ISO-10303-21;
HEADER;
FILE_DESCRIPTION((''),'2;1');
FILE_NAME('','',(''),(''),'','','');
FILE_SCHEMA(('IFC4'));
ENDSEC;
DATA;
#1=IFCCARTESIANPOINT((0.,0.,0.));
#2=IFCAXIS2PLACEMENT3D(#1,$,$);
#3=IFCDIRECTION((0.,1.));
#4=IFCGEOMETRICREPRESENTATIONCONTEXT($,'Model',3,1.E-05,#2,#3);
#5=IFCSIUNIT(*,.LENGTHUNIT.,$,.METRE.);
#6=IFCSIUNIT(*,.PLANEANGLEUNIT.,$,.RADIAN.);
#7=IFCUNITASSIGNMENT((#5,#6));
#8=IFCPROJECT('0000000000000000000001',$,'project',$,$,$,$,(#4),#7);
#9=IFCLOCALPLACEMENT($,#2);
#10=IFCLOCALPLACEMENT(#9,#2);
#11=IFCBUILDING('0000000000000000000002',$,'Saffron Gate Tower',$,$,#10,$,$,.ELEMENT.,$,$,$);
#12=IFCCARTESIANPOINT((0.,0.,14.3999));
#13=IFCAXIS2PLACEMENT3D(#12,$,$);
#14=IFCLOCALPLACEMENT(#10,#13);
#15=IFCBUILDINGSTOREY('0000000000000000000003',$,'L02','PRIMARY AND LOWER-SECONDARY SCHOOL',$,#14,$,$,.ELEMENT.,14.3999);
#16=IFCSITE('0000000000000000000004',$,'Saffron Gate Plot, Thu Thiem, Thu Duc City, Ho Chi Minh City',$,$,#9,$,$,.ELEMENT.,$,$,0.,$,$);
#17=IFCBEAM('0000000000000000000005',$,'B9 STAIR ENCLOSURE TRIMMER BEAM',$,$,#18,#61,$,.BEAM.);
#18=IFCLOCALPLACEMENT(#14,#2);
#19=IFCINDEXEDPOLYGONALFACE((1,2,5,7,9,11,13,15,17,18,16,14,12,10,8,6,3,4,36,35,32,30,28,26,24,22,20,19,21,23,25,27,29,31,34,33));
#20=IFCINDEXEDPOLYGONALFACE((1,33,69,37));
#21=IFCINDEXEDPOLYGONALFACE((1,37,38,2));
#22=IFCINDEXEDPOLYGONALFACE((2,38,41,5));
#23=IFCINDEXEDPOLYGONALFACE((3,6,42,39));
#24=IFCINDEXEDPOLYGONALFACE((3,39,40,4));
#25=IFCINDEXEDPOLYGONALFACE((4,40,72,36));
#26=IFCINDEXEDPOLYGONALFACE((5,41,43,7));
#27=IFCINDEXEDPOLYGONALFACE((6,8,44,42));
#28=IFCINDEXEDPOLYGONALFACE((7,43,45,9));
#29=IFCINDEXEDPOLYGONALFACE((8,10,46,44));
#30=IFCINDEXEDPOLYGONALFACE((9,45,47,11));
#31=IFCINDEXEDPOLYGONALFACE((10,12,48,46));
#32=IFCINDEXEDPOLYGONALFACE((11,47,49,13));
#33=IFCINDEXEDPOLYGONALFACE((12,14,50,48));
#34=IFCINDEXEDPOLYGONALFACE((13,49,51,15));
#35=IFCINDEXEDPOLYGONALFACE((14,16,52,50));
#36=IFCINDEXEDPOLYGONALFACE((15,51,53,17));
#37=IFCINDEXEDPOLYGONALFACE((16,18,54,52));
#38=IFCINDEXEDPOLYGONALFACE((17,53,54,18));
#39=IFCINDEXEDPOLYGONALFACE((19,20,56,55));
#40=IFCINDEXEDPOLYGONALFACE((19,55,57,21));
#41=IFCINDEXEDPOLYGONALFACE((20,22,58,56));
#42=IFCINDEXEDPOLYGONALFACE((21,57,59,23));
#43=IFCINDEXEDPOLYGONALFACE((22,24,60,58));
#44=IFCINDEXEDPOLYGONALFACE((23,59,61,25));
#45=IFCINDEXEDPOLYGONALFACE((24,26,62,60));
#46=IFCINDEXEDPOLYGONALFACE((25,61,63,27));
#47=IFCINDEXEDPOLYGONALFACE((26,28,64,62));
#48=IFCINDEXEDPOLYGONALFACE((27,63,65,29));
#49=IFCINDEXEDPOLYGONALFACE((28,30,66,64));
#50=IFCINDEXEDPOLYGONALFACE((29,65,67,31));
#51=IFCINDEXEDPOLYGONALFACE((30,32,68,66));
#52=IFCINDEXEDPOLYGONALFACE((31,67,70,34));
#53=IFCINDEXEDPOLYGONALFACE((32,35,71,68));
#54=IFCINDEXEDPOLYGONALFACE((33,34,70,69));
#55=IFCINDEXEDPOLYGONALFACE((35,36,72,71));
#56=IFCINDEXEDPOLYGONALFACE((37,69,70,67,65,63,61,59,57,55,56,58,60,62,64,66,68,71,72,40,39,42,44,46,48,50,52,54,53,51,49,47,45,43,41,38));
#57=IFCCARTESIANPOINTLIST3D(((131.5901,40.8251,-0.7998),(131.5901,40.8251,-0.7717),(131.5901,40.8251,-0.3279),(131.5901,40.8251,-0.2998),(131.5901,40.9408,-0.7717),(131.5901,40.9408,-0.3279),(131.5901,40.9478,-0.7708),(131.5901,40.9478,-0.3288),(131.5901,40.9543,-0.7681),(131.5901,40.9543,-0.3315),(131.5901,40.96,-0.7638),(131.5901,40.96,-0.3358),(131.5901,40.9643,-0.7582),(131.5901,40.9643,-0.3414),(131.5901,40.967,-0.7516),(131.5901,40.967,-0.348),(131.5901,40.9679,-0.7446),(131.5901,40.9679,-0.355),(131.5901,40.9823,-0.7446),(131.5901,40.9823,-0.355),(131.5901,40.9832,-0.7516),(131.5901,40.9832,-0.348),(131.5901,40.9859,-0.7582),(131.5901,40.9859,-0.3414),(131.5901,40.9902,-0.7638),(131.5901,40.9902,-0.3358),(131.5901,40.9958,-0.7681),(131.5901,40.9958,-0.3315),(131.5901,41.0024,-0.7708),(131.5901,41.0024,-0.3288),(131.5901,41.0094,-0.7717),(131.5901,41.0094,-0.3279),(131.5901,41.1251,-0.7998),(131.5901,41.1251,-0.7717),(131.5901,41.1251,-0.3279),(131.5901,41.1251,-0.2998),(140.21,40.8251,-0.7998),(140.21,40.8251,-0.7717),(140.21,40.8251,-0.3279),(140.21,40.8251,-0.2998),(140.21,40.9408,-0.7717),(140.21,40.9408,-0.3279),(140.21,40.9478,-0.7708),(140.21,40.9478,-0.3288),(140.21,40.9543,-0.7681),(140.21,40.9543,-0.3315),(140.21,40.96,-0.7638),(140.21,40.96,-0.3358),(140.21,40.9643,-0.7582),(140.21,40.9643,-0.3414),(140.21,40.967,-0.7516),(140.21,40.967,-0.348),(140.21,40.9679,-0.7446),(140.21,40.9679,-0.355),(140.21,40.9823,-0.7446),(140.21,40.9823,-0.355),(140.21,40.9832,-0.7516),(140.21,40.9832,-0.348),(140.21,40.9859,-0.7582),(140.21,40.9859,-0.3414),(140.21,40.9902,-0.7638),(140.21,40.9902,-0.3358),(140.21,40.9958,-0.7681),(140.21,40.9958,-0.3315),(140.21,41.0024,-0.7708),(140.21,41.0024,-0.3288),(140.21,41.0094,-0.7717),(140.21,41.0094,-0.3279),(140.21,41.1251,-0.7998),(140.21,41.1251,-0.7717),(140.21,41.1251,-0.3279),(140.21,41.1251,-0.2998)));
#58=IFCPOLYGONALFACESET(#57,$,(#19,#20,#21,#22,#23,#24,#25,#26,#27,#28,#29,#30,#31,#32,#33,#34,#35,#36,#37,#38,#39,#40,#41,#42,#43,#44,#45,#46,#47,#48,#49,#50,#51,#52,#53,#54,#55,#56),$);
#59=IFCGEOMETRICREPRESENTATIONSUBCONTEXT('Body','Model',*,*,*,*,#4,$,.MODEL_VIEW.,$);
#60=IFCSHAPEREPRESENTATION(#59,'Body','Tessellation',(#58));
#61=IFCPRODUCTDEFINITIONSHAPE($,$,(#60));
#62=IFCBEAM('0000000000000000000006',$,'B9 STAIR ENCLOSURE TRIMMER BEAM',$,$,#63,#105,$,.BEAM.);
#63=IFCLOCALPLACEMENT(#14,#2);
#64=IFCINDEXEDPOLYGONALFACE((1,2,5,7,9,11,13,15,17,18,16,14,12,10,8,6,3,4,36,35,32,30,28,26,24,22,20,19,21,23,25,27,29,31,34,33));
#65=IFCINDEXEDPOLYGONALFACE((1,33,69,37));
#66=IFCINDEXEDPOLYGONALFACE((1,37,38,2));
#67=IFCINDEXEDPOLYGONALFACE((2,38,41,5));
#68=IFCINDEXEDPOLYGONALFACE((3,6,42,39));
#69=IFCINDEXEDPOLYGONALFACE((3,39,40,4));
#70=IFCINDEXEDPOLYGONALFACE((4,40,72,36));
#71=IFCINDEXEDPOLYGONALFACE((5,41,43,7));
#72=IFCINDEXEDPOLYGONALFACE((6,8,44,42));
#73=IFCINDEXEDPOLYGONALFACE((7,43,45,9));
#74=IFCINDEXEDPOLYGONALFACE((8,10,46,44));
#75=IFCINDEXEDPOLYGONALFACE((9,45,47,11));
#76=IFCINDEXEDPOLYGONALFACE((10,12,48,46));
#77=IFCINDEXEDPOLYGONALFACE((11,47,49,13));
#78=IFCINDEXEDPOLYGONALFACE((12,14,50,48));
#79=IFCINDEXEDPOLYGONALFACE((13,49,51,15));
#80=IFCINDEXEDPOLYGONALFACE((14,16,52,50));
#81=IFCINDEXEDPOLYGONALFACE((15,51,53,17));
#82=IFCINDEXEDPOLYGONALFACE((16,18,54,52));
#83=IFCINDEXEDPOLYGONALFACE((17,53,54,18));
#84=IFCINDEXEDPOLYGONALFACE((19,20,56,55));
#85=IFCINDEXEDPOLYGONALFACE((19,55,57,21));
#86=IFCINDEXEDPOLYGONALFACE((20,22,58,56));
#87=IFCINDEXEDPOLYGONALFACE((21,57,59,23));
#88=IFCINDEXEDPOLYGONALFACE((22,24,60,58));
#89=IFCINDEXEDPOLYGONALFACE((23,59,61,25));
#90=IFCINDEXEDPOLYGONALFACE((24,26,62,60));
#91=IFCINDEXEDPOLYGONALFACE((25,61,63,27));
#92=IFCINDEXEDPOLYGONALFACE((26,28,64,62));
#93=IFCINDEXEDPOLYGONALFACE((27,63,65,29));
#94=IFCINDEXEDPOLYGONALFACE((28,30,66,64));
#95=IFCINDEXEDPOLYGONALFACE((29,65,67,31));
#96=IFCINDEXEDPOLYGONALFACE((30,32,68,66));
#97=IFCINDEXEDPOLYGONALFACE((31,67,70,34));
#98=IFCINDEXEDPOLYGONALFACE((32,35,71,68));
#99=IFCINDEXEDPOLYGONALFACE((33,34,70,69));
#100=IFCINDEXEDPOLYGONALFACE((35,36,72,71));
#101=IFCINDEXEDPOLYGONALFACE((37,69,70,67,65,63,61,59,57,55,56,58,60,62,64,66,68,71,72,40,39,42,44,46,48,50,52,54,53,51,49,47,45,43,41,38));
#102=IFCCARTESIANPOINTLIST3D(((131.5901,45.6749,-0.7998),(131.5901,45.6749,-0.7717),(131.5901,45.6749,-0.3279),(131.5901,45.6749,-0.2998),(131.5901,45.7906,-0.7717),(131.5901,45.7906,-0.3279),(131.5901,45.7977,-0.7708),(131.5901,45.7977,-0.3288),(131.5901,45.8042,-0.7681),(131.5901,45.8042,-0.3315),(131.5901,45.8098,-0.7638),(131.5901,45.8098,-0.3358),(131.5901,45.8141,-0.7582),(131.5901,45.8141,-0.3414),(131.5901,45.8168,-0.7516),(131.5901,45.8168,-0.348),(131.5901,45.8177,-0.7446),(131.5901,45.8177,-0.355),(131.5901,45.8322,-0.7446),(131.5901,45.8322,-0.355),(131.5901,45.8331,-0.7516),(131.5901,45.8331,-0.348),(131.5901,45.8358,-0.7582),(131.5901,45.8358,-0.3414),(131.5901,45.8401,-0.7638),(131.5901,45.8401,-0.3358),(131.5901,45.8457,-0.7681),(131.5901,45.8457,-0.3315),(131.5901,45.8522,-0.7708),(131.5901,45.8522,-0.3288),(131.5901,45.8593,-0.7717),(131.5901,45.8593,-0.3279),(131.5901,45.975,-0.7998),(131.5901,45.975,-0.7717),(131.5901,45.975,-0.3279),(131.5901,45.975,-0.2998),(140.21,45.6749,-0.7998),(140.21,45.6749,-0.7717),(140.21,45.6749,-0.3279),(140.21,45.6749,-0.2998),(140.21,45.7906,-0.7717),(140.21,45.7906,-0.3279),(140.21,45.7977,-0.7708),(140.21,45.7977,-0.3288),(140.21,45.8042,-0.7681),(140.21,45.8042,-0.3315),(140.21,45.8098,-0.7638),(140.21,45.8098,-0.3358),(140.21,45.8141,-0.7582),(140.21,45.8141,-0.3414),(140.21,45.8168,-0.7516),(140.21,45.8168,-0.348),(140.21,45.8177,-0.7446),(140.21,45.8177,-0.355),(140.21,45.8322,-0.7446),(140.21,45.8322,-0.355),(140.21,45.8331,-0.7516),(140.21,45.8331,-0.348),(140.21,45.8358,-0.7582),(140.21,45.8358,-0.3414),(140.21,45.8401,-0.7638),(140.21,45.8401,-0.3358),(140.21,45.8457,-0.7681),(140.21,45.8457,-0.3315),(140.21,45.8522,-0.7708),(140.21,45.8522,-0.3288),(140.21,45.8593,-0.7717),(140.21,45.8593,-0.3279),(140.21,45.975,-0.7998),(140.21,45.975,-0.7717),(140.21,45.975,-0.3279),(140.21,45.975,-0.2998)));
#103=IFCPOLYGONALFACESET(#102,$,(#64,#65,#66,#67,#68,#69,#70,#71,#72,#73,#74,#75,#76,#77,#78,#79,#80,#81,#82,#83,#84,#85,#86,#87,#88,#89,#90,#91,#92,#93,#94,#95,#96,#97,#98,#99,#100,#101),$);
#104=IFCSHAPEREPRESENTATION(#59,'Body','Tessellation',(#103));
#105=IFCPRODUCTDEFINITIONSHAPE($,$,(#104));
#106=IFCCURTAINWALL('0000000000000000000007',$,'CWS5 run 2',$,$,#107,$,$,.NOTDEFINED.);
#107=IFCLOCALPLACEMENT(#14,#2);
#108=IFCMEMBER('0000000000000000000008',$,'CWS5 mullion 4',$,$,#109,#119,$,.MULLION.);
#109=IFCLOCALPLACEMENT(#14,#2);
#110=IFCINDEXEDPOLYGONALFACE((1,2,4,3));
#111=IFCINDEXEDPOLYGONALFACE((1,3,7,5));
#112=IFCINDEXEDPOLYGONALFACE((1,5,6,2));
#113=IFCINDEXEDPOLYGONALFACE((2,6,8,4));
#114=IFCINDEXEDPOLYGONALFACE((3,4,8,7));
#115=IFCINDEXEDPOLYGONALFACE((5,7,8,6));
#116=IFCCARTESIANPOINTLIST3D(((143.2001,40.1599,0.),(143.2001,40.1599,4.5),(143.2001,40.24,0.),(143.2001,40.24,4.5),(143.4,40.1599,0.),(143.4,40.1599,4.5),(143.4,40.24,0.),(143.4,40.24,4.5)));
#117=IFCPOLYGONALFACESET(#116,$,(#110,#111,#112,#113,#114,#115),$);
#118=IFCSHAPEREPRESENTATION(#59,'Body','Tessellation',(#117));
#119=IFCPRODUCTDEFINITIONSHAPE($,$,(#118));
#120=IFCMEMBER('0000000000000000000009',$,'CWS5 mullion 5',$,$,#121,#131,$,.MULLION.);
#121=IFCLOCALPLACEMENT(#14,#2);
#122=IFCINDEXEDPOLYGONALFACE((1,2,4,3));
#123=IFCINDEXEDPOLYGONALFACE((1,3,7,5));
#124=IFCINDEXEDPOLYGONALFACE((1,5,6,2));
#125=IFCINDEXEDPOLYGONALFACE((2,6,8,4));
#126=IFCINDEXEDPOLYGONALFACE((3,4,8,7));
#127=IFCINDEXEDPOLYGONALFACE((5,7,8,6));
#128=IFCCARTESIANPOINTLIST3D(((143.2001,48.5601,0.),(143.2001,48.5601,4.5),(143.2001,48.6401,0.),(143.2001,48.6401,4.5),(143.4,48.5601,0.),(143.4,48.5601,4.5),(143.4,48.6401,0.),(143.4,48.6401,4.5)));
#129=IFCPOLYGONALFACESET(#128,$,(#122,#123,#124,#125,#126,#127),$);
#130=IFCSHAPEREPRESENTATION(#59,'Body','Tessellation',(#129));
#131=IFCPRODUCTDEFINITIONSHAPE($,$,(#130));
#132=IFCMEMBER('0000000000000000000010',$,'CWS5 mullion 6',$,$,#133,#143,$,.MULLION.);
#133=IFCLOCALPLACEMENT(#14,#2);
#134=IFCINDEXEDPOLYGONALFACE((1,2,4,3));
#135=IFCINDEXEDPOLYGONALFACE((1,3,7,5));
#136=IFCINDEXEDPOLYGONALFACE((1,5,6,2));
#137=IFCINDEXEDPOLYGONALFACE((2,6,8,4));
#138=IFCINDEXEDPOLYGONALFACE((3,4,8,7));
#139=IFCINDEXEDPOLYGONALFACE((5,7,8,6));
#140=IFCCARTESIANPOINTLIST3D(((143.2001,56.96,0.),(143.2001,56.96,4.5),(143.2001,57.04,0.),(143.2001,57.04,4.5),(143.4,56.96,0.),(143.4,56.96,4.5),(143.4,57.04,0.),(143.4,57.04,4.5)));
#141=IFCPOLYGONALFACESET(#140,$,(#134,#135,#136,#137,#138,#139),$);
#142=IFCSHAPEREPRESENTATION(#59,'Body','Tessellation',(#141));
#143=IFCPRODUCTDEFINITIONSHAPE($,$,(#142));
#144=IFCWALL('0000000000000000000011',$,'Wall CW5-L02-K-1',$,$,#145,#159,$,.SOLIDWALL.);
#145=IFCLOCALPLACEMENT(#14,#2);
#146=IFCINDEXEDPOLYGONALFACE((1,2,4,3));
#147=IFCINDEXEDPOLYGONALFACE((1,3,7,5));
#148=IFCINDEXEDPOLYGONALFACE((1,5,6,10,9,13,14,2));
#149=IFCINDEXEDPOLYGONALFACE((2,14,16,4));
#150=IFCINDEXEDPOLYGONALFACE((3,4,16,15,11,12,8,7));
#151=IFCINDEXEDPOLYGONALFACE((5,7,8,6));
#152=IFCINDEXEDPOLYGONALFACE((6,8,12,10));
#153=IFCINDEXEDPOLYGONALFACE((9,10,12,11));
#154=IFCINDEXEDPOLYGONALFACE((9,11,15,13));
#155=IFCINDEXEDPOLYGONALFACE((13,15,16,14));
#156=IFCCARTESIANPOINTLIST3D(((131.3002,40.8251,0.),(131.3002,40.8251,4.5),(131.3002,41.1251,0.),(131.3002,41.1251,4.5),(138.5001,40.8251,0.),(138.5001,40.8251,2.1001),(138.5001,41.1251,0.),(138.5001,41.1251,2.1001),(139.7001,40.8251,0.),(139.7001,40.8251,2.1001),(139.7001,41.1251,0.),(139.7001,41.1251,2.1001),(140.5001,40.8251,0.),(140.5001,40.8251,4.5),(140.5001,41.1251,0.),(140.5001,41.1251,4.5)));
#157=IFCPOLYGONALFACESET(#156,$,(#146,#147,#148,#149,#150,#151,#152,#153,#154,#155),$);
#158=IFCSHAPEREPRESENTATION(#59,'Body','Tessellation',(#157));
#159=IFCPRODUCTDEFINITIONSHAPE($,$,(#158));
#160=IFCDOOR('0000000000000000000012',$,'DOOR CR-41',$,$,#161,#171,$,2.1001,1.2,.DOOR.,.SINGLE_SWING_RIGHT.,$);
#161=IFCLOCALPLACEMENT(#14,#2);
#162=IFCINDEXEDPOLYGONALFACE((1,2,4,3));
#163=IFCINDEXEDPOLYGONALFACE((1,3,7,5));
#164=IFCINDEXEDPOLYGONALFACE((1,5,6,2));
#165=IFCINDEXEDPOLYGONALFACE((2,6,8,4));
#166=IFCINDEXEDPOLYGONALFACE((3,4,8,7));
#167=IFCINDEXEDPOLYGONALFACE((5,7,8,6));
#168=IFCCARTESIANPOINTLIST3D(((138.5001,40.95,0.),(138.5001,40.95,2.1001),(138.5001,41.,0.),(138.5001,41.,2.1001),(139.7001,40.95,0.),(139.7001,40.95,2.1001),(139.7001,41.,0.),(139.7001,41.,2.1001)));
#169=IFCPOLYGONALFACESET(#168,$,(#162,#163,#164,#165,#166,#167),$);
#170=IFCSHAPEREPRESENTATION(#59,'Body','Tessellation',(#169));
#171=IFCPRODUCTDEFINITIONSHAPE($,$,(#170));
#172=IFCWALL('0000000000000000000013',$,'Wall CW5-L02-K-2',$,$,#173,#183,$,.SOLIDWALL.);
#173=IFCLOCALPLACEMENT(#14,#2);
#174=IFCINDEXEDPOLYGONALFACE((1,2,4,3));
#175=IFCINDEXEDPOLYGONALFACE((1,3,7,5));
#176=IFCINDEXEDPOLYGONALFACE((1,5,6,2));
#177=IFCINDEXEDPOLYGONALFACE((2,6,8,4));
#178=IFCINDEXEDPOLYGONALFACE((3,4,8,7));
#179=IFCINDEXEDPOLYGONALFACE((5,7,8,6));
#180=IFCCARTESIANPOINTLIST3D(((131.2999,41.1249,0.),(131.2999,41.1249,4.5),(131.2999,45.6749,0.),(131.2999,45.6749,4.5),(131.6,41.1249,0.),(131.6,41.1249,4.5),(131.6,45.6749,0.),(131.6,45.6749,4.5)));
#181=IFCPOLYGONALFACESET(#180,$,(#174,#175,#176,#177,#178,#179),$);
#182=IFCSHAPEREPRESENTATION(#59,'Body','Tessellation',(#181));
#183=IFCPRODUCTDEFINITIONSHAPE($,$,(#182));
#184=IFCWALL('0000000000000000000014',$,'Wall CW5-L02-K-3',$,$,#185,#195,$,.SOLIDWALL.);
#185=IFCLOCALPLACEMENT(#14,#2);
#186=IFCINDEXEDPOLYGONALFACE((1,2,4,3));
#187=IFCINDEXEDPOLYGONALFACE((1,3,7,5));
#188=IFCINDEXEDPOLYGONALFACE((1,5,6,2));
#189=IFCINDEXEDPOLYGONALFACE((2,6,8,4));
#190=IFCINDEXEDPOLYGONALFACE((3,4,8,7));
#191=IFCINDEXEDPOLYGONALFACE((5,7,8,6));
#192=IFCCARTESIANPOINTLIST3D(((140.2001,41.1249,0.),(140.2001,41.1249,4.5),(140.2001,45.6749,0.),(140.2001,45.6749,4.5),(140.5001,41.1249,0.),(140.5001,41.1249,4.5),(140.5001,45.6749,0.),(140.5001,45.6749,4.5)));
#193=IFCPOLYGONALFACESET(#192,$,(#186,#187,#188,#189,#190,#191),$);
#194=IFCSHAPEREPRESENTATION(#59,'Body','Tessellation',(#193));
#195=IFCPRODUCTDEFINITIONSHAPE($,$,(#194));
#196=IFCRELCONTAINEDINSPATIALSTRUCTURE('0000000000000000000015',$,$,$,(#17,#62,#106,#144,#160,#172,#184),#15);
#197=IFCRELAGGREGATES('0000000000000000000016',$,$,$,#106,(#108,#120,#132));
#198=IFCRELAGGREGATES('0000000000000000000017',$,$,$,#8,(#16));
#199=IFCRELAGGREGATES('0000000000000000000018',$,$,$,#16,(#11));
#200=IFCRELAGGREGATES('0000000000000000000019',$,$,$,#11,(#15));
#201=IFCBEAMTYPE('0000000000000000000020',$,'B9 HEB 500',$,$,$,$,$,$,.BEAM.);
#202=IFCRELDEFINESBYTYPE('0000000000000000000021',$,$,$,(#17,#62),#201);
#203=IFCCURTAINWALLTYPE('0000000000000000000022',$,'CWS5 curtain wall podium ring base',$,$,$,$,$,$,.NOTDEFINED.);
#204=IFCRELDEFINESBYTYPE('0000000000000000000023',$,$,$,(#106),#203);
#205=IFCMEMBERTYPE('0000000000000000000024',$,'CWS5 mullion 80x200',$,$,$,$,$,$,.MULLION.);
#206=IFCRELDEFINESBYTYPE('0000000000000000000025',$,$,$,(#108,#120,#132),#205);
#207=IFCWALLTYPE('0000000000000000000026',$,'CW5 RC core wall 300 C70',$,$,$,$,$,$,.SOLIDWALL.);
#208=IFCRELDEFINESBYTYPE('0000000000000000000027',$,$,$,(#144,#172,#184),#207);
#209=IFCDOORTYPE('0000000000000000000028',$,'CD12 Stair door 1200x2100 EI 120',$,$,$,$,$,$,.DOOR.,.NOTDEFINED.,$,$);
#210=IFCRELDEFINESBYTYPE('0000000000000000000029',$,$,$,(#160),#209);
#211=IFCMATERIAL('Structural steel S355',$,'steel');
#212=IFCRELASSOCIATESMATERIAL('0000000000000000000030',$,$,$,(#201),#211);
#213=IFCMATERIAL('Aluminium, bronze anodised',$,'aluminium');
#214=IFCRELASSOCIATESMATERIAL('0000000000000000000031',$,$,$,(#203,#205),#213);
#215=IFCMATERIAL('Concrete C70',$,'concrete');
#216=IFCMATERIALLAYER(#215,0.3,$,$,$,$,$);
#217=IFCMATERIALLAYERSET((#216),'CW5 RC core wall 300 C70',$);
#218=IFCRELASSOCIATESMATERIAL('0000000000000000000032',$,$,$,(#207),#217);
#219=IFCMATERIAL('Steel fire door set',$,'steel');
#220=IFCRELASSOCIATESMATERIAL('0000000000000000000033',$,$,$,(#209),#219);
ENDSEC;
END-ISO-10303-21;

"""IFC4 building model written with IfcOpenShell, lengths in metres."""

from ifc_helpers import new_model, si_unit, direction, frame, frame_2d, origin, origin_2d, place, context, subcontext, project, spatial, rectangle, i_section, extrude, material, layer, layer_set, material_profile, profile_set, type_object, element, fill, aggregate, save


model = new_model("IFC4")

# Units and contexts
model_context = context("Model", 3, precision=1e-05, world=origin(), true_north=direction((0.0, 1.0)))
body_context = subcontext(model_context, "Body", "Model", "MODEL_VIEW")
ifc_project = project(units=[si_unit("LENGTHUNIT", "METRE"), si_unit("PLANEANGLEUNIT", "RADIAN")], contexts=[model_context])

# Site, building, storey
site_placement = place(None, origin())
site = spatial("IfcSite", under=ifc_project, at=site_placement, Name="Saffron Gate Plot, Thu Thiem, Thu Duc City, Ho Chi Minh City", CompositionType="ELEMENT", RefElevation=0.0)
building_placement = place(site_placement, origin())
building = spatial("IfcBuilding", under=site, at=building_placement, Name="Saffron Gate Tower", CompositionType="ELEMENT")
storey_placement = place(building_placement, frame((0.0, 0.0, 14.3999)))
storey = spatial("IfcBuildingStorey", under=building, at=storey_placement, Name="L02", Description="PRIMARY AND LOWER-SECONDARY SCHOOL", CompositionType="ELEMENT", Elevation=14.3999)

# Beams
ifc_material_1 = material(Name="Structural steel S355", Category="steel")
ifc_material_profile_1 = material_profile(ifc_material_1, i_section(OverallWidth=0.3, OverallDepth=0.5, WebThickness=0.0144, FlangeThickness=0.0281, FilletRadius=0.0271, at=origin_2d()))
ifc_profile_set_1 = profile_set([ifc_material_profile_1], Name="Structural steel S355")
beam_type_1 = type_object("IfcBeamType", Name="B9 HEB 500", PredefinedType="BEAM", material=ifc_profile_set_1)
for number, where, z_axis, x_axis, name in (
    (1, (131.5901, 40.9751, -0.5498), (1.0, 0.0, 0.0), (0.0, 1.0, 0.0), "B9 STAIR ENCLOSURE TRIMMER BEAM"),
    (2, (131.5901, 45.825, -0.5498), (1.0, 0.0, 0.0), (0.0, 1.0, 0.0), "B9 STAIR ENCLOSURE TRIMMER BEAM"),
):
    element("IfcBeam", number, at=place(storey_placement, frame(where, z_axis=z_axis, x_axis=x_axis)), inside=storey, type_object=beam_type_1, Name=name, PredefinedType="BEAM", context=body_context, shape_type="SweptSolid", body=[
        extrude(i_section(OverallWidth=0.3, OverallDepth=0.5, WebThickness=0.0144, FlangeThickness=0.0281, FilletRadius=0.0271, at=origin_2d()), origin(), (0.0, 0.0, 1.0), 8.6199),
    ])

# Curtain wall, members
ifc_material_2 = material(Name="Aluminium, bronze anodised", Category="aluminium")
curtain_wall_type = type_object("IfcCurtainWallType", Name="CWS5 curtain wall podium ring base", PredefinedType="NOTDEFINED", material=ifc_material_2)
curtain_wall_placement = place(storey_placement, origin())
curtain_wall = element("IfcCurtainWall", 3, at=curtain_wall_placement, inside=storey, type_object=curtain_wall_type, Name="CWS5 run 2", PredefinedType="NOTDEFINED")
ifc_material_profile_2 = material_profile(ifc_material_2, rectangle(XDim=0.2, YDim=0.0801, at=origin_2d()))
ifc_profile_set_2 = profile_set([ifc_material_profile_2], Name="Aluminium, bronze anodised")
member_type = type_object("IfcMemberType", Name="CWS5 mullion 80x200", PredefinedType="MULLION", material=ifc_profile_set_2)
member_1_placement = place(storey_placement, frame((143.3, 40.2, 0.0), z_axis=(0.0, 0.0, 1.0), x_axis=(-1.0, 0.0, 0.0)))
member_1 = element("IfcMember", 4, at=member_1_placement, type_object=member_type, Name="CWS5 mullion 4", PredefinedType="MULLION", context=body_context, shape_type="SweptSolid", body=[
    extrude(rectangle(XDim=0.2, YDim=0.0801, at=origin_2d()), origin(), (0.0, 0.0, 1.0), 4.5),
])
member_2_placement = place(storey_placement, frame((143.3, 48.6001, 0.0), z_axis=(0.0, 0.0, 1.0), x_axis=(-1.0, 0.0, 0.0)))
member_2 = element("IfcMember", 5, at=member_2_placement, type_object=member_type, Name="CWS5 mullion 5", PredefinedType="MULLION", context=body_context, shape_type="SweptSolid", body=[
    extrude(rectangle(XDim=0.2, YDim=0.0801, at=origin_2d()), origin(), (0.0, 0.0, 1.0), 4.5),
])
member_3_placement = place(storey_placement, frame((143.3, 57.0, 0.0), z_axis=(0.0, 0.0, 1.0), x_axis=(-1.0, 0.0, 0.0)))
member_3 = element("IfcMember", 6, at=member_3_placement, type_object=member_type, Name="CWS5 mullion 6", PredefinedType="MULLION", context=body_context, shape_type="SweptSolid", body=[
    extrude(rectangle(XDim=0.2, YDim=0.0801, at=origin_2d()), origin(), (0.0, 0.0, 1.0), 4.5),
])
aggregate(curtain_wall, [member_1, member_2, member_3])

# Wall, opening, door
ifc_material_3 = material(Name="Concrete C70", Category="concrete")
ifc_layer_1 = layer(ifc_material_3, 0.3)
ifc_layer_set_1 = layer_set([ifc_layer_1], Name="CW5 RC core wall 300 C70")
wall_type_1 = type_object("IfcWallType", Name="CW5 RC core wall 300 C70", PredefinedType="SOLIDWALL", material=ifc_layer_set_1)
wall_1_placement = place(storey_placement, frame((131.3, 40.9751, 0.0), z_axis=(0.0, 0.0, 1.0), x_axis=(1.0, 0.0, 0.0)))
wall_1 = element("IfcWall", 7, at=wall_1_placement, inside=storey, type_object=wall_type_1, Name="Wall CW5-L02-K-1", PredefinedType="SOLIDWALL", context=body_context, shape_type="SweptSolid", body=[
    extrude(rectangle(XDim=9.2, YDim=0.3, at=frame_2d((4.6001, 0.0))), origin(), (0.0, 0.0, 1.0), 4.5),
])
opening_1_placement = place(wall_1_placement, frame((7.2, 0.0, 0.0)))
opening_1 = element("IfcOpeningElement", 8, at=opening_1_placement, cuts=wall_1, PredefinedType="OPENING", context=body_context, shape_type="SweptSolid", body=[
    extrude(rectangle(XDim=1.2, YDim=2.1001, at=frame_2d((0.6001, 1.05))), frame((0.0, 0.1602, 0.0), z_axis=(0.0, -1.0, 0.0), x_axis=(1.0, 0.0, 0.0)), (0.0, 0.0, 1.0), 0.3201),
])
ifc_material_4 = material(Name="Steel fire door set", Category="steel")
door_type_1 = type_object("IfcDoorType", Name="CD12 Stair door 1200x2100 EI 120", OperationType="NOTDEFINED", PredefinedType="DOOR", material=ifc_material_4)
door_1_placement = place(opening_1_placement, origin())
door_1 = element("IfcDoor", 9, at=door_1_placement, inside=storey, type_object=door_type_1, Name="DOOR CR-41", OperationType="SINGLE_SWING_RIGHT", OverallHeight=2.1001, OverallWidth=1.2, PredefinedType="DOOR", context=body_context, shape_type="SweptSolid", body=[
    extrude(rectangle(XDim=1.2, YDim=2.1001, at=frame_2d((0.6001, 1.05))), frame((0.0, 0.0249, 0.0), z_axis=(0.0, -1.0, 0.0), x_axis=(1.0, 0.0, 0.0)), (0.0, 0.0, 1.0), 0.05),
])
fill(opening_1, door_1)

# Walls
for number, where, z_axis, x_axis, name in (
    (10, (131.45, 41.125, 0.0), (0.0, 0.0, 1.0), (0.0, 1.0, 0.0), "Wall CW5-L02-K-2"),
    (11, (140.3501, 41.125, 0.0), (0.0, 0.0, 1.0), (0.0, 1.0, 0.0), "Wall CW5-L02-K-3"),
):
    element("IfcWall", number, at=place(storey_placement, frame(where, z_axis=z_axis, x_axis=x_axis)), inside=storey, type_object=wall_type_1, Name=name, PredefinedType="SOLIDWALL", context=body_context, shape_type="SweptSolid", body=[
        extrude(rectangle(XDim=4.55, YDim=0.3, at=frame_2d((2.2749, 0.0))), origin(), (0.0, 0.0, 1.0), 4.5),
    ])

save(model, "model.ifc")
